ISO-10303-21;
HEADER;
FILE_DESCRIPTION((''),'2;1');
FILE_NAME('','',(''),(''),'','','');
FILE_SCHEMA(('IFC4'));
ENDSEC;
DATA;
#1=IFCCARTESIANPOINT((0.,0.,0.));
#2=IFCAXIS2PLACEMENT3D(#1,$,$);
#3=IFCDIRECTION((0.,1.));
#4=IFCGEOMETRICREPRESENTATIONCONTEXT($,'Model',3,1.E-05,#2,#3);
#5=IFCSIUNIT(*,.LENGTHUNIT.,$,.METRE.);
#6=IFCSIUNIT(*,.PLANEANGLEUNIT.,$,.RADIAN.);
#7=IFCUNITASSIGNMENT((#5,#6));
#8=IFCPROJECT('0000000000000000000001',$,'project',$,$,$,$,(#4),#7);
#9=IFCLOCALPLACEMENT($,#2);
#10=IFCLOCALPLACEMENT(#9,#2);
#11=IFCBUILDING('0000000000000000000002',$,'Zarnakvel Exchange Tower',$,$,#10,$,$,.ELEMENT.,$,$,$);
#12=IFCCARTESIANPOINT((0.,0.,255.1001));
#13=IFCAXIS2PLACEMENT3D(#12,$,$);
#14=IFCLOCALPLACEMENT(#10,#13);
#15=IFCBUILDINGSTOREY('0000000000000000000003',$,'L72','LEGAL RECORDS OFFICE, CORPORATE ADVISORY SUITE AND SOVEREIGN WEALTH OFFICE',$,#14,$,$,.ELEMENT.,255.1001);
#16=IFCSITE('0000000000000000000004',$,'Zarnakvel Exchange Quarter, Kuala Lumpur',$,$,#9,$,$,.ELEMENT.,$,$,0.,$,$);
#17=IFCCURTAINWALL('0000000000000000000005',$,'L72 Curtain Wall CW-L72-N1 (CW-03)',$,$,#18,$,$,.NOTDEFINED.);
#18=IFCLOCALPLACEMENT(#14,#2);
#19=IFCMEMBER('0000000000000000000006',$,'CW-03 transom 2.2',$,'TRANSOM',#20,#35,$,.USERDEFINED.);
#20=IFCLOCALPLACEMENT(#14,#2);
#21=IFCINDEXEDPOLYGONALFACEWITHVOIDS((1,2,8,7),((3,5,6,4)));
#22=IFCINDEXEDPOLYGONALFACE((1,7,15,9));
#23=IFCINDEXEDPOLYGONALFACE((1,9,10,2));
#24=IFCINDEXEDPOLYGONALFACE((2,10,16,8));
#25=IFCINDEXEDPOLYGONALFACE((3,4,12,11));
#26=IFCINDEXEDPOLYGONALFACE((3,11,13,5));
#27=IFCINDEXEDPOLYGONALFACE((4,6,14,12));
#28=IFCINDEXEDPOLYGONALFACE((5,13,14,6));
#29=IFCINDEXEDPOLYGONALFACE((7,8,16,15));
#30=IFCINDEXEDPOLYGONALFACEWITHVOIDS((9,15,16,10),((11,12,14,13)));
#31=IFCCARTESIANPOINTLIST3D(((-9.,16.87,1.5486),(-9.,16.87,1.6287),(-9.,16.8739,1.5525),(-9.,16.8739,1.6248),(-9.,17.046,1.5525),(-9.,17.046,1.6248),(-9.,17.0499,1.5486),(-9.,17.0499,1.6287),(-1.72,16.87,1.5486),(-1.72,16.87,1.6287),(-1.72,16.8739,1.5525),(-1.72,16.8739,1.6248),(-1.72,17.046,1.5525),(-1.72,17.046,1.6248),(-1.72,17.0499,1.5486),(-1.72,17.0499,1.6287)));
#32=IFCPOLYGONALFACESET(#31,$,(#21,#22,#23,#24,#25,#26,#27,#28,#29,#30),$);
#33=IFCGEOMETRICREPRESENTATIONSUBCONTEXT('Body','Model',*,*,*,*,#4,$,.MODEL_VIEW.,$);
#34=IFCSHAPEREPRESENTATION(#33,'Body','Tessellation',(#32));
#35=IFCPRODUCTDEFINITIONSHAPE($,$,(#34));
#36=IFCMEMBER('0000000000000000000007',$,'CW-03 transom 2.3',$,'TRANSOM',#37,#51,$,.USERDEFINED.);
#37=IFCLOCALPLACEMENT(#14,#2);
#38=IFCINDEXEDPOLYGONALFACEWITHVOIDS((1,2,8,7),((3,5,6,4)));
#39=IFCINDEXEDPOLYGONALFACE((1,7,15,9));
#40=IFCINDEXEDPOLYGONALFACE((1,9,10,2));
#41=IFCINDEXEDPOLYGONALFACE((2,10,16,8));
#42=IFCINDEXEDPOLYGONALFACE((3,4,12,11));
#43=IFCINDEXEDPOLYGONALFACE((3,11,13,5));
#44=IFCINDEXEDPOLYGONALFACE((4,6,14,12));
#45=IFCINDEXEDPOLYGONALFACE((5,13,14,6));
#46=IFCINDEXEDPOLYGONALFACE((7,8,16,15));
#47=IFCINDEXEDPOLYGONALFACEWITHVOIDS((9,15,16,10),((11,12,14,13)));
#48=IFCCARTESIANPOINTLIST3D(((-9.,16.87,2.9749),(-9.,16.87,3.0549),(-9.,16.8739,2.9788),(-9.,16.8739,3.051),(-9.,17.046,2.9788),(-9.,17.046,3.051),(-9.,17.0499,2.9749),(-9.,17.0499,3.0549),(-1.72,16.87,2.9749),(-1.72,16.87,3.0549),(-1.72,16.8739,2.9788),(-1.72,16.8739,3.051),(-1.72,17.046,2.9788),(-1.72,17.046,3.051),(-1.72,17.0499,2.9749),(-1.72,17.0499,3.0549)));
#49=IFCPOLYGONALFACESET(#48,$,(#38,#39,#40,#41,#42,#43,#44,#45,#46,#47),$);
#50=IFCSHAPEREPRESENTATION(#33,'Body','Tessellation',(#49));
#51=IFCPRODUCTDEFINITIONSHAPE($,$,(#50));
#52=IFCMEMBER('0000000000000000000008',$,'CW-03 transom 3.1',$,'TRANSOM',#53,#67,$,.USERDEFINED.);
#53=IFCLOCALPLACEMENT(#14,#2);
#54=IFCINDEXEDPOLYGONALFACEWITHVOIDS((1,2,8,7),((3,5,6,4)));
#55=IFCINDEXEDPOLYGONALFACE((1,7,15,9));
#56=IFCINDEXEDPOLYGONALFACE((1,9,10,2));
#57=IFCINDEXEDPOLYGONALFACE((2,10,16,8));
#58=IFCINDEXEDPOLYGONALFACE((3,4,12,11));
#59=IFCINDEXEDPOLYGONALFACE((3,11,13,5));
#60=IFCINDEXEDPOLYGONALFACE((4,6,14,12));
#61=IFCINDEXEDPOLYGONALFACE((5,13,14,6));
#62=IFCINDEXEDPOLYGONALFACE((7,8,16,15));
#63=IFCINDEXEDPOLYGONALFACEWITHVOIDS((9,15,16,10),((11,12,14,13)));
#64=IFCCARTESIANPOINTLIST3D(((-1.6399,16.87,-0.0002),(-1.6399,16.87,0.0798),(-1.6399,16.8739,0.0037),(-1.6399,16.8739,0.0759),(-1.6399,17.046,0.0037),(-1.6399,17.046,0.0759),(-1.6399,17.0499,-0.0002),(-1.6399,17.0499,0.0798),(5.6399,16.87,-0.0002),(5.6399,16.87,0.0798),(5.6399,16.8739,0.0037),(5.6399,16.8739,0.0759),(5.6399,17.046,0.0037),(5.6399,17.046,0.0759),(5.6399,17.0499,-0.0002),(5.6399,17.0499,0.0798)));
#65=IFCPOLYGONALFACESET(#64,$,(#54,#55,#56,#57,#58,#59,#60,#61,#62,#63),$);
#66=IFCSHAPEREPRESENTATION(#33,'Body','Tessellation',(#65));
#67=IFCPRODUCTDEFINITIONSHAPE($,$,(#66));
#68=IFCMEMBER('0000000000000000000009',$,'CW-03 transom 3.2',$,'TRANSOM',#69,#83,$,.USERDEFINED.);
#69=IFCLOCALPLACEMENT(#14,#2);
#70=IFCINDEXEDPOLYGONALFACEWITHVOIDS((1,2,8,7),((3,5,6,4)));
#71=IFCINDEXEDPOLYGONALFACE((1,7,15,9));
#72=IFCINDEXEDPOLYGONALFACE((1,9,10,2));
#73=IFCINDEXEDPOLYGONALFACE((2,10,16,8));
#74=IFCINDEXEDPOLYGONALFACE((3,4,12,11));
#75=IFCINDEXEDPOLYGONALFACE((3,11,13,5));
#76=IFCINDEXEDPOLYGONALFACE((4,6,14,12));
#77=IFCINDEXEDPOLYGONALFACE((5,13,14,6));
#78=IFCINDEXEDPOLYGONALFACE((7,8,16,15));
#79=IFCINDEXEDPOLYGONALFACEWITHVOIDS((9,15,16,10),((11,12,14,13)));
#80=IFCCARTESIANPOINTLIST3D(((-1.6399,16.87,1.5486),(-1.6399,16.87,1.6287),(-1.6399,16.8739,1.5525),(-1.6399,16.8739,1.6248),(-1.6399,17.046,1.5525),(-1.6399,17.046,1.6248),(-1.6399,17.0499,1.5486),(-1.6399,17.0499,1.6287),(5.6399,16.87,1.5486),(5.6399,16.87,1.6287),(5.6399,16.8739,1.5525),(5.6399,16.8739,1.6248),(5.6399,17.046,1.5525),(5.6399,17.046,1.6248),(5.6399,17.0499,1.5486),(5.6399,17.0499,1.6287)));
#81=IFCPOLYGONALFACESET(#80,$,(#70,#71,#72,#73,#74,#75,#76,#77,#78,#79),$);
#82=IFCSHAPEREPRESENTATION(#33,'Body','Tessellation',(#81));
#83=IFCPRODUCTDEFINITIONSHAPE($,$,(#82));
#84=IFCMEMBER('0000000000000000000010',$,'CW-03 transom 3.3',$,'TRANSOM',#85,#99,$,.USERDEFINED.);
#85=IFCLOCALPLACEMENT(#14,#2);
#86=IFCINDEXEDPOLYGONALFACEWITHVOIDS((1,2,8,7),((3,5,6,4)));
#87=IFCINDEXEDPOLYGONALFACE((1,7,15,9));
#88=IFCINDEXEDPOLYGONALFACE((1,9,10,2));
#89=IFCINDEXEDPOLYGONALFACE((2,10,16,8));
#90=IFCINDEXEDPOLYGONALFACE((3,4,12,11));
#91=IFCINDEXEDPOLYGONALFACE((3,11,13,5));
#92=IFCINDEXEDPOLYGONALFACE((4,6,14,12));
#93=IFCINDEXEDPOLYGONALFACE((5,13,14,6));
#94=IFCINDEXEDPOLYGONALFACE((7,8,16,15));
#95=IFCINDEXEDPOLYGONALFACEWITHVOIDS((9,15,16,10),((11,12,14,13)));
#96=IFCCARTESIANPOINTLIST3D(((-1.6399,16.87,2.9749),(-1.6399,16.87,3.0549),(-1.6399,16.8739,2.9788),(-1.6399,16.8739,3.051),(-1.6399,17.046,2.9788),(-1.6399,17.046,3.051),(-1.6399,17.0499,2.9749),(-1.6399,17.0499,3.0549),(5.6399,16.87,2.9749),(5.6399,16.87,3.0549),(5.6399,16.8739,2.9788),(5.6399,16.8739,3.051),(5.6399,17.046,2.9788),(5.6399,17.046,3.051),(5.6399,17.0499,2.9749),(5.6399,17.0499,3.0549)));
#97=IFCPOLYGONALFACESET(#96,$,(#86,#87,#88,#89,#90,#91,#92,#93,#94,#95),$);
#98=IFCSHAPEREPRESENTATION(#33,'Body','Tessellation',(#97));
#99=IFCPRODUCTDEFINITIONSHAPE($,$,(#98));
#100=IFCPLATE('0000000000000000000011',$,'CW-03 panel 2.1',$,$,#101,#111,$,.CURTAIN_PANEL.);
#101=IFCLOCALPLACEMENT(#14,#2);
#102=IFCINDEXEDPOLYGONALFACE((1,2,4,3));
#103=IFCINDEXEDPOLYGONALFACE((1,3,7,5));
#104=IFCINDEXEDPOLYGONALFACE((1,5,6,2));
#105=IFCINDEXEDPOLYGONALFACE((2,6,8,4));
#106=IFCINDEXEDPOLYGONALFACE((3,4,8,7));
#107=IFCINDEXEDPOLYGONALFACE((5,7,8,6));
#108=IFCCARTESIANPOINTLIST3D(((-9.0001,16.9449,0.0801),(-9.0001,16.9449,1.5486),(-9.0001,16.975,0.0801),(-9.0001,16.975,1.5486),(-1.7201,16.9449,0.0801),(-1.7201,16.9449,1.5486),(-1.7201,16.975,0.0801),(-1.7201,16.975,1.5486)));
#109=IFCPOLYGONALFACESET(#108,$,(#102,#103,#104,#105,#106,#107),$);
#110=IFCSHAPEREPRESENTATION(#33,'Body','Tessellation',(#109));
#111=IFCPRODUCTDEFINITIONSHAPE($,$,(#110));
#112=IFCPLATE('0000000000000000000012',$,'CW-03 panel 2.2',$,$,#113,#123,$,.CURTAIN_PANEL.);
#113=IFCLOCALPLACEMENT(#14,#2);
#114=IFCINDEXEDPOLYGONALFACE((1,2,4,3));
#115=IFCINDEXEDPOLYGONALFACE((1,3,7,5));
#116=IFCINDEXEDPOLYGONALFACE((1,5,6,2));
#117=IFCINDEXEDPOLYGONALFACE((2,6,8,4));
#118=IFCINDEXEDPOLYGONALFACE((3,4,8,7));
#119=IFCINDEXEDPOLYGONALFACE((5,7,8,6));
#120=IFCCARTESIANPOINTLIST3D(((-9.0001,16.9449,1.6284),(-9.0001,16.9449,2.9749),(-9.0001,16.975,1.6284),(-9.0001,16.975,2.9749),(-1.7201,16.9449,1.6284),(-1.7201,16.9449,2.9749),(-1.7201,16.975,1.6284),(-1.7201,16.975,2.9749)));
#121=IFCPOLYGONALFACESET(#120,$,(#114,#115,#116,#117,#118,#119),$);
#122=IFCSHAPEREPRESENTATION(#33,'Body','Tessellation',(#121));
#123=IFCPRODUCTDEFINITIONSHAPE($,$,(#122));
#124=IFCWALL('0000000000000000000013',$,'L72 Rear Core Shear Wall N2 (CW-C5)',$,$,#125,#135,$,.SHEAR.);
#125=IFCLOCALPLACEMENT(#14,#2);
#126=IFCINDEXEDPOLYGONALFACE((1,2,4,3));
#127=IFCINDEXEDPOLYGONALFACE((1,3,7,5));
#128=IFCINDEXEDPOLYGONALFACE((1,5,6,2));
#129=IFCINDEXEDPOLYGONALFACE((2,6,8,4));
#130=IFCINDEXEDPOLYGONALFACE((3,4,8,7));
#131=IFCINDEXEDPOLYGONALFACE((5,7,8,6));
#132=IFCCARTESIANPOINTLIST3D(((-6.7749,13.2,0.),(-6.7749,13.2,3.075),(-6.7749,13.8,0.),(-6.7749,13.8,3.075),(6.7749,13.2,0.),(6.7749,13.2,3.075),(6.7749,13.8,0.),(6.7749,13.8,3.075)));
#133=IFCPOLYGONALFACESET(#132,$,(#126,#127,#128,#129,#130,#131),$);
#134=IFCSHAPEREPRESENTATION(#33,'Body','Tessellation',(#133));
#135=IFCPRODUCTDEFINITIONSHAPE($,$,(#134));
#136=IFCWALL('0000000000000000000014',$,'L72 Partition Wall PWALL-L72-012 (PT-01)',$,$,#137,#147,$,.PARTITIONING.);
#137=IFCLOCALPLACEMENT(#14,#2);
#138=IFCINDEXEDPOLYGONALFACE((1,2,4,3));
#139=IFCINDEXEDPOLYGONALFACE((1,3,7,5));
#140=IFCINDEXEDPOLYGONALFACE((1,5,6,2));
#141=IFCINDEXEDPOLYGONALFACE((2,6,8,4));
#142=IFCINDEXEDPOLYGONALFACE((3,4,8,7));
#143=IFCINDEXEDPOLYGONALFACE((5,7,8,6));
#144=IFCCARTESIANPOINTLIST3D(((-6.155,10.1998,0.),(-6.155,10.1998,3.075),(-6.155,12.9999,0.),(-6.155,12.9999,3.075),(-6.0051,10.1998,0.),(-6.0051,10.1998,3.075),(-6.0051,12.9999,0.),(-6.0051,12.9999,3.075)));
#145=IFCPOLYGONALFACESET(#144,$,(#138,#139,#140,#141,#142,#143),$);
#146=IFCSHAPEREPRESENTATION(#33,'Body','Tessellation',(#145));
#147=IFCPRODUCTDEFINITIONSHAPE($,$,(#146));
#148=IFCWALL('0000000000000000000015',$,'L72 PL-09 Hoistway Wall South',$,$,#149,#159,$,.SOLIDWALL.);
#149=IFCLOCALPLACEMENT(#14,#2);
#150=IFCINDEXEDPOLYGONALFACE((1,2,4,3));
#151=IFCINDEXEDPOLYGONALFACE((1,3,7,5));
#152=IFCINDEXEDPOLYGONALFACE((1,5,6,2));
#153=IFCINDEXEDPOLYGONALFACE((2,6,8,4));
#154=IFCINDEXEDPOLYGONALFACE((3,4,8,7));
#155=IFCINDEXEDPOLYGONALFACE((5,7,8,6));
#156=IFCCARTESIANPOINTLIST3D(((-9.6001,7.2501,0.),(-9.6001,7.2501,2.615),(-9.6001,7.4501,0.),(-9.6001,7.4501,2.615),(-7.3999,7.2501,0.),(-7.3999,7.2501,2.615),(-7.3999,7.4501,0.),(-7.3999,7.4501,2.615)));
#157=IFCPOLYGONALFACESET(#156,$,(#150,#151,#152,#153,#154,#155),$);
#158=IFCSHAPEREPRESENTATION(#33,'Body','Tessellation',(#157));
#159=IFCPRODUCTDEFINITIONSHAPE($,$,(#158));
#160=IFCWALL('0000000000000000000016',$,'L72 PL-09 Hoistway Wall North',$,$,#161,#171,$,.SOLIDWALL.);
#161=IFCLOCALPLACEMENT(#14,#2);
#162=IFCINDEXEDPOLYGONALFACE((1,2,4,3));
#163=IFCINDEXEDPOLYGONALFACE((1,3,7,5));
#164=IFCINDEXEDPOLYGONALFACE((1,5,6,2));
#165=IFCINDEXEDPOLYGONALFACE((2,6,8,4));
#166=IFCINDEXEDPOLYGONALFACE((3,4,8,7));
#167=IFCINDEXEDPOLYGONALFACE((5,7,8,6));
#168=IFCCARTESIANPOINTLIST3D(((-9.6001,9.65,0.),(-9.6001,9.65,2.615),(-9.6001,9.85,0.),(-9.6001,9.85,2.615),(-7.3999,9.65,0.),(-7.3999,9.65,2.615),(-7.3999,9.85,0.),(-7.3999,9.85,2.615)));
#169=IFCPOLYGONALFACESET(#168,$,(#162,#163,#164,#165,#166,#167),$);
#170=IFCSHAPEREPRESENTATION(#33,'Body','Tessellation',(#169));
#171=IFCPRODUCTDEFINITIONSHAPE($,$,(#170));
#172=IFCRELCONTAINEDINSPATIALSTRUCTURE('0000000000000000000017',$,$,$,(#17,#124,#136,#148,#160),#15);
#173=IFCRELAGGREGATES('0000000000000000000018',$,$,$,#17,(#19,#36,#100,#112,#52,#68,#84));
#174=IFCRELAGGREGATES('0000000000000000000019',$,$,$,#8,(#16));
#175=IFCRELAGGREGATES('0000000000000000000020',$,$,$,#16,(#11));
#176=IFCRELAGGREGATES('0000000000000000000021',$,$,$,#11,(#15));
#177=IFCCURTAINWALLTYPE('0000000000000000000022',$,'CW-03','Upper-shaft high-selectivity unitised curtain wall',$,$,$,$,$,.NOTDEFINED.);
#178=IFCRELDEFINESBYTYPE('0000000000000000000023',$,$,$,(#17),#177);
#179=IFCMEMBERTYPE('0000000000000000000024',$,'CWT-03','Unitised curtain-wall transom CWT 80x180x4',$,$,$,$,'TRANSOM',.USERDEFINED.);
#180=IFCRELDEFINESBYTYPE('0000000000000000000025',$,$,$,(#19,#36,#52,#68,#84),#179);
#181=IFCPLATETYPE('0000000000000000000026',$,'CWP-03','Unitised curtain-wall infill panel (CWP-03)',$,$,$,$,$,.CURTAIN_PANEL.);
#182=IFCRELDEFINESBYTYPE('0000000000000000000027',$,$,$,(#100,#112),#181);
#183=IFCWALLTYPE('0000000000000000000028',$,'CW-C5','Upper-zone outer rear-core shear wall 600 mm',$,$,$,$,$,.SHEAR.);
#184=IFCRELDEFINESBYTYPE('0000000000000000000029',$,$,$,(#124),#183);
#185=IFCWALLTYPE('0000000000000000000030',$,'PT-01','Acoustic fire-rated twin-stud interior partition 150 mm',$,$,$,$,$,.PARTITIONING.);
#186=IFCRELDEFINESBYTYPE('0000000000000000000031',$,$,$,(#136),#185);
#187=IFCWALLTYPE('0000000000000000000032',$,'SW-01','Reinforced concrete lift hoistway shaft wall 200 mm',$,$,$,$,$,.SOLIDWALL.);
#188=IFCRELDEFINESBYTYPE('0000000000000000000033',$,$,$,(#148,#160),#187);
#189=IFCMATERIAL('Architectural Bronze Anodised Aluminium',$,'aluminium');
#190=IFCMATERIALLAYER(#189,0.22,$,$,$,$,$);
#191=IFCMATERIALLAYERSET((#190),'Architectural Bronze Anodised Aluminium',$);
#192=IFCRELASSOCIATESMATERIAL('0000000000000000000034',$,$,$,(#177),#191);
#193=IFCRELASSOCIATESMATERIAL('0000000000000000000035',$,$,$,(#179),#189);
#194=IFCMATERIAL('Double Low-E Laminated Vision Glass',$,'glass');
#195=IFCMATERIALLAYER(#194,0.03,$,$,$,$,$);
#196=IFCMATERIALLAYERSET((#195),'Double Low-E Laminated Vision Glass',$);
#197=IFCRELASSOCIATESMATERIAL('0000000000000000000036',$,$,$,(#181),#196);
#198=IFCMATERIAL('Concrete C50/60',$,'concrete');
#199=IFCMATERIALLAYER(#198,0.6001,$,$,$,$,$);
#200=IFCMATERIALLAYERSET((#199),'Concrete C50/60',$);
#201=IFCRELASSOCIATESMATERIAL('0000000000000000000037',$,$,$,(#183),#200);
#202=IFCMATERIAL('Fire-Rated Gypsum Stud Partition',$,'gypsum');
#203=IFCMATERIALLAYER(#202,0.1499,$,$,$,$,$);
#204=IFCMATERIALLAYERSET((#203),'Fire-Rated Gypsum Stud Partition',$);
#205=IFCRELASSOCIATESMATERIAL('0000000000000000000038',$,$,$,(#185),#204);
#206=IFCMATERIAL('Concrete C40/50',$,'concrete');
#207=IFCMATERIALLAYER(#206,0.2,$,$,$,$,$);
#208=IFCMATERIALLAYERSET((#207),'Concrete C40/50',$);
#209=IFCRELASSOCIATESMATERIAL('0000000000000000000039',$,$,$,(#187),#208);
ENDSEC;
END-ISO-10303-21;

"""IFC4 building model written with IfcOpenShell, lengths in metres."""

from ifc_helpers import new_model, si_unit, direction, frame, frame_2d, origin, origin_2d, place, context, subcontext, project, spatial, rectangle, hollow_rectangle, extrude, source, transform, mapped, material, layer, layer_set, material_profile, profile_set, type_object, element, aggregate, save


model = new_model("IFC4")

# Units and contexts
model_context = context("Model", 3, precision=1e-05, world=origin(), true_north=direction((0.0, 1.0)))
body_context = subcontext(model_context, "Body", "Model", "MODEL_VIEW")
ifc_project = project(units=[si_unit("LENGTHUNIT", "METRE"), si_unit("PLANEANGLEUNIT", "RADIAN")], contexts=[model_context])

# Site, building, storey
site_placement = place(None, origin())
site = spatial("IfcSite", under=ifc_project, at=site_placement, Name="Zarnakvel Exchange Quarter, Kuala Lumpur", CompositionType="ELEMENT", RefElevation=0.0)
building_placement = place(site_placement, origin())
building = spatial("IfcBuilding", under=site, at=building_placement, Name="Zarnakvel Exchange Tower", CompositionType="ELEMENT")
storey_placement = place(building_placement, frame((0.0, 0.0, 255.1001)))
storey = spatial("IfcBuildingStorey", under=building, at=storey_placement, Name="L72", Description="LEGAL RECORDS OFFICE, CORPORATE ADVISORY SUITE AND SOVEREIGN WEALTH OFFICE", CompositionType="ELEMENT", Elevation=255.1001)

# Shared definitions
ifc_material_1 = material(Name="Concrete C50/60", Category="concrete")

# Curtain wall, members, plates
ifc_material_2 = material(Name="Architectural Bronze Anodised Aluminium", Category="aluminium")
ifc_layer_1 = layer(ifc_material_2, 0.22)
ifc_layer_set_1 = layer_set([ifc_layer_1], Name="Architectural Bronze Anodised Aluminium")
curtain_wall_type = type_object("IfcCurtainWallType", Name="CW-03", Description="Upper-shaft high-selectivity unitised curtain wall", PredefinedType="NOTDEFINED", material=ifc_layer_set_1)
curtain_wall_placement = place(storey_placement, origin())
curtain_wall = element("IfcCurtainWall", 1, at=curtain_wall_placement, inside=storey, type_object=curtain_wall_type, Name="L72 Curtain Wall CW-L72-N1 (CW-03)", PredefinedType="NOTDEFINED")
ifc_material_profile_1 = material_profile(ifc_material_2, hollow_rectangle(XDim=0.1799, YDim=0.0801, WallThickness=0.0039, at=origin_2d()))
ifc_profile_set_1 = profile_set([ifc_material_profile_1], Name="Architectural Bronze Anodised Aluminium")
member_type_1 = type_object("IfcMemberType", Name="CWT-03", Description="Unitised curtain-wall transom CWT 80x180x4", ElementType="TRANSOM", PredefinedType="USERDEFINED", material=ifc_profile_set_1)
shared_shape_1 = source(origin(), body_context, "Body", "SweptSolid", [
    extrude(hollow_rectangle(XDim=0.1799, YDim=0.0801, WallThickness=0.0039, at=origin_2d()), origin(), (0.0, 0.0, 1.0), 7.28),
])
member_1_placement = place(storey_placement, frame((-9.0, 16.96, 1.5886), z_axis=(1.0, 0.0, 0.0), x_axis=(0.0, 1.0, 0.0)))
member_1 = element("IfcMember", 2, at=member_1_placement, type_object=member_type_1, Name="CW-03 transom 2.2", ObjectType="TRANSOM", PredefinedType="USERDEFINED", context=body_context, shape_type="MappedRepresentation", body=[
    mapped(shared_shape_1, transform((0.0, 0.0, 0.0), x_axis=(1.0, 0.0, 0.0), y_axis=(0.0, 1.0, 0.0), z_axis=(0.0, 0.0, 1.0), scale=1.0)),
])
member_2_placement = place(storey_placement, frame((-9.0, 16.96, 3.0149), z_axis=(1.0, 0.0, 0.0), x_axis=(0.0, 1.0, 0.0)))
member_2 = element("IfcMember", 3, at=member_2_placement, type_object=member_type_1, Name="CW-03 transom 2.3", ObjectType="TRANSOM", PredefinedType="USERDEFINED", context=body_context, shape_type="MappedRepresentation", body=[
    mapped(shared_shape_1, transform((0.0, 0.0, 0.0), x_axis=(1.0, 0.0, 0.0), y_axis=(0.0, 1.0, 0.0), z_axis=(0.0, 0.0, 1.0), scale=1.0)),
])
shared_shape_2 = source(origin(), body_context, "Body", "SweptSolid", [
    extrude(hollow_rectangle(XDim=0.1799, YDim=0.0801, WallThickness=0.0039, at=origin_2d()), origin(), (0.0, 0.0, 1.0), 7.2798),
])
member_3_placement = place(storey_placement, frame((-1.6399, 16.96, 0.0398), z_axis=(1.0, 0.0, 0.0), x_axis=(0.0, 1.0, 0.0)))
member_3 = element("IfcMember", 4, at=member_3_placement, type_object=member_type_1, Name="CW-03 transom 3.1", ObjectType="TRANSOM", PredefinedType="USERDEFINED", context=body_context, shape_type="MappedRepresentation", body=[
    mapped(shared_shape_2, transform((0.0, 0.0, 0.0), x_axis=(1.0, 0.0, 0.0), y_axis=(0.0, 1.0, 0.0), z_axis=(0.0, 0.0, 1.0), scale=1.0)),
])
member_4_placement = place(storey_placement, frame((-1.6399, 16.96, 1.5886), z_axis=(1.0, 0.0, 0.0), x_axis=(0.0, 1.0, 0.0)))
member_4 = element("IfcMember", 5, at=member_4_placement, type_object=member_type_1, Name="CW-03 transom 3.2", ObjectType="TRANSOM", PredefinedType="USERDEFINED", context=body_context, shape_type="MappedRepresentation", body=[
    mapped(shared_shape_2, transform((0.0, 0.0, 0.0), x_axis=(1.0, 0.0, 0.0), y_axis=(0.0, 1.0, 0.0), z_axis=(0.0, 0.0, 1.0), scale=1.0)),
])
member_5_placement = place(storey_placement, frame((-1.6399, 16.96, 3.0149), z_axis=(1.0, 0.0, 0.0), x_axis=(0.0, 1.0, 0.0)))
member_5 = element("IfcMember", 6, at=member_5_placement, type_object=member_type_1, Name="CW-03 transom 3.3", ObjectType="TRANSOM", PredefinedType="USERDEFINED", context=body_context, shape_type="MappedRepresentation", body=[
    mapped(shared_shape_2, transform((0.0, 0.0, 0.0), x_axis=(1.0, 0.0, 0.0), y_axis=(0.0, 1.0, 0.0), z_axis=(0.0, 0.0, 1.0), scale=1.0)),
])
ifc_material_3 = material(Name="Double Low-E Laminated Vision Glass", Category="glass")
ifc_layer_2 = layer(ifc_material_3, 0.03)
ifc_layer_set_2 = layer_set([ifc_layer_2], Name="Double Low-E Laminated Vision Glass")
plate_type = type_object("IfcPlateType", Name="CWP-03", Description="Unitised curtain-wall infill panel (CWP-03)", PredefinedType="CURTAIN_PANEL", material=ifc_layer_set_2)
shared_shape_3 = source(origin(), body_context, "Body", "SweptSolid", [
    extrude(rectangle(XDim=7.28, YDim=0.03, at=origin_2d()), origin(), (0.0, 0.0, 1.0), 1.4685),
])
plate_1_placement = place(storey_placement, frame((-5.3601, 16.96, 0.0801), z_axis=(0.0, 0.0, 1.0), x_axis=(1.0, 0.0, 0.0)))
plate_1 = element("IfcPlate", 7, at=plate_1_placement, type_object=plate_type, Name="CW-03 panel 2.1", PredefinedType="CURTAIN_PANEL", context=body_context, shape_type="MappedRepresentation", body=[
    mapped(shared_shape_3, transform((0.0, 0.0, 0.0), x_axis=(1.0, 0.0, 0.0), y_axis=(0.0, 1.0, 0.0), z_axis=(0.0, 0.0, 1.0), scale=1.0)),
])
shared_shape_4 = source(origin(), body_context, "Body", "SweptSolid", [
    extrude(rectangle(XDim=7.28, YDim=0.03, at=origin_2d()), origin(), (0.0, 0.0, 1.0), 1.3464),
])
plate_2_placement = place(storey_placement, frame((-5.3601, 16.96, 1.6284), z_axis=(0.0, 0.0, 1.0), x_axis=(1.0, 0.0, 0.0)))
plate_2 = element("IfcPlate", 8, at=plate_2_placement, type_object=plate_type, Name="CW-03 panel 2.2", PredefinedType="CURTAIN_PANEL", context=body_context, shape_type="MappedRepresentation", body=[
    mapped(shared_shape_4, transform((0.0, 0.0, 0.0), x_axis=(1.0, 0.0, 0.0), y_axis=(0.0, 1.0, 0.0), z_axis=(0.0, 0.0, 1.0), scale=1.0)),
])
aggregate(curtain_wall, [member_1, member_2, plate_1, plate_2, member_3, member_4, member_5])

# Walls
ifc_layer_3 = layer(ifc_material_1, 0.6001)
ifc_layer_set_3 = layer_set([ifc_layer_3], Name="Concrete C50/60")
wall_type_1 = type_object("IfcWallType", Name="CW-C5", Description="Upper-zone outer rear-core shear wall 600 mm", PredefinedType="SHEAR", material=ifc_layer_set_3)
wall_1_placement = place(storey_placement, frame((-6.7749, 13.5, 0.0), z_axis=(0.0, 0.0, 1.0), x_axis=(1.0, 0.0, 0.0)))
element("IfcWall", 9, at=wall_1_placement, inside=storey, type_object=wall_type_1, Name="L72 Rear Core Shear Wall N2 (CW-C5)", PredefinedType="SHEAR", context=body_context, shape_type="SweptSolid", body=[
    extrude(rectangle(XDim=13.5498, YDim=0.6001, at=frame_2d((6.7749, 0.0))), origin(), (0.0, 0.0, 1.0), 3.075),
])
ifc_material_4 = material(Name="Fire-Rated Gypsum Stud Partition", Category="gypsum")
ifc_layer_4 = layer(ifc_material_4, 0.1499)
ifc_layer_set_4 = layer_set([ifc_layer_4], Name="Fire-Rated Gypsum Stud Partition")
wall_type_2 = type_object("IfcWallType", Name="PT-01", Description="Acoustic fire-rated twin-stud interior partition 150 mm", PredefinedType="PARTITIONING", material=ifc_layer_set_4)
wall_2_placement = place(storey_placement, frame((-6.0801, 10.2, 0.0), z_axis=(0.0, 0.0, 1.0), x_axis=(0.0, 1.0, 0.0)))
element("IfcWall", 10, at=wall_2_placement, inside=storey, type_object=wall_type_2, Name="L72 Partition Wall PWALL-L72-012 (PT-01)", PredefinedType="PARTITIONING", context=body_context, shape_type="SweptSolid", body=[
    extrude(rectangle(XDim=2.8, YDim=0.1499, at=frame_2d((1.3999, 0.0))), origin(), (0.0, 0.0, 1.0), 3.075),
])
ifc_material_5 = material(Name="Concrete C40/50", Category="concrete")
ifc_layer_5 = layer(ifc_material_5, 0.2)
ifc_layer_set_5 = layer_set([ifc_layer_5], Name="Concrete C40/50")
wall_type_3 = type_object("IfcWallType", Name="SW-01", Description="Reinforced concrete lift hoistway shaft wall 200 mm", PredefinedType="SOLIDWALL", material=ifc_layer_set_5)
for number, where, z_axis, x_axis, name in (
    (11, (-7.3999, 7.3501, 0.0), (0.0, 0.0, 1.0), (-1.0, 0.0, 0.0), "L72 PL-09 Hoistway Wall South"),
    (12, (-9.6001, 9.75, 0.0), (0.0, 0.0, 1.0), (1.0, 0.0, 0.0), "L72 PL-09 Hoistway Wall North"),
):
    element("IfcWall", number, at=place(storey_placement, frame(where, z_axis=z_axis, x_axis=x_axis)), inside=storey, type_object=wall_type_3, Name=name, PredefinedType="SOLIDWALL", context=body_context, shape_type="SweptSolid", body=[
        extrude(rectangle(XDim=2.2002, YDim=0.2, at=frame_2d((1.1001, 0.0))), origin(), (0.0, 0.0, 1.0), 2.615),
    ])

save(model, "model.ifc")
